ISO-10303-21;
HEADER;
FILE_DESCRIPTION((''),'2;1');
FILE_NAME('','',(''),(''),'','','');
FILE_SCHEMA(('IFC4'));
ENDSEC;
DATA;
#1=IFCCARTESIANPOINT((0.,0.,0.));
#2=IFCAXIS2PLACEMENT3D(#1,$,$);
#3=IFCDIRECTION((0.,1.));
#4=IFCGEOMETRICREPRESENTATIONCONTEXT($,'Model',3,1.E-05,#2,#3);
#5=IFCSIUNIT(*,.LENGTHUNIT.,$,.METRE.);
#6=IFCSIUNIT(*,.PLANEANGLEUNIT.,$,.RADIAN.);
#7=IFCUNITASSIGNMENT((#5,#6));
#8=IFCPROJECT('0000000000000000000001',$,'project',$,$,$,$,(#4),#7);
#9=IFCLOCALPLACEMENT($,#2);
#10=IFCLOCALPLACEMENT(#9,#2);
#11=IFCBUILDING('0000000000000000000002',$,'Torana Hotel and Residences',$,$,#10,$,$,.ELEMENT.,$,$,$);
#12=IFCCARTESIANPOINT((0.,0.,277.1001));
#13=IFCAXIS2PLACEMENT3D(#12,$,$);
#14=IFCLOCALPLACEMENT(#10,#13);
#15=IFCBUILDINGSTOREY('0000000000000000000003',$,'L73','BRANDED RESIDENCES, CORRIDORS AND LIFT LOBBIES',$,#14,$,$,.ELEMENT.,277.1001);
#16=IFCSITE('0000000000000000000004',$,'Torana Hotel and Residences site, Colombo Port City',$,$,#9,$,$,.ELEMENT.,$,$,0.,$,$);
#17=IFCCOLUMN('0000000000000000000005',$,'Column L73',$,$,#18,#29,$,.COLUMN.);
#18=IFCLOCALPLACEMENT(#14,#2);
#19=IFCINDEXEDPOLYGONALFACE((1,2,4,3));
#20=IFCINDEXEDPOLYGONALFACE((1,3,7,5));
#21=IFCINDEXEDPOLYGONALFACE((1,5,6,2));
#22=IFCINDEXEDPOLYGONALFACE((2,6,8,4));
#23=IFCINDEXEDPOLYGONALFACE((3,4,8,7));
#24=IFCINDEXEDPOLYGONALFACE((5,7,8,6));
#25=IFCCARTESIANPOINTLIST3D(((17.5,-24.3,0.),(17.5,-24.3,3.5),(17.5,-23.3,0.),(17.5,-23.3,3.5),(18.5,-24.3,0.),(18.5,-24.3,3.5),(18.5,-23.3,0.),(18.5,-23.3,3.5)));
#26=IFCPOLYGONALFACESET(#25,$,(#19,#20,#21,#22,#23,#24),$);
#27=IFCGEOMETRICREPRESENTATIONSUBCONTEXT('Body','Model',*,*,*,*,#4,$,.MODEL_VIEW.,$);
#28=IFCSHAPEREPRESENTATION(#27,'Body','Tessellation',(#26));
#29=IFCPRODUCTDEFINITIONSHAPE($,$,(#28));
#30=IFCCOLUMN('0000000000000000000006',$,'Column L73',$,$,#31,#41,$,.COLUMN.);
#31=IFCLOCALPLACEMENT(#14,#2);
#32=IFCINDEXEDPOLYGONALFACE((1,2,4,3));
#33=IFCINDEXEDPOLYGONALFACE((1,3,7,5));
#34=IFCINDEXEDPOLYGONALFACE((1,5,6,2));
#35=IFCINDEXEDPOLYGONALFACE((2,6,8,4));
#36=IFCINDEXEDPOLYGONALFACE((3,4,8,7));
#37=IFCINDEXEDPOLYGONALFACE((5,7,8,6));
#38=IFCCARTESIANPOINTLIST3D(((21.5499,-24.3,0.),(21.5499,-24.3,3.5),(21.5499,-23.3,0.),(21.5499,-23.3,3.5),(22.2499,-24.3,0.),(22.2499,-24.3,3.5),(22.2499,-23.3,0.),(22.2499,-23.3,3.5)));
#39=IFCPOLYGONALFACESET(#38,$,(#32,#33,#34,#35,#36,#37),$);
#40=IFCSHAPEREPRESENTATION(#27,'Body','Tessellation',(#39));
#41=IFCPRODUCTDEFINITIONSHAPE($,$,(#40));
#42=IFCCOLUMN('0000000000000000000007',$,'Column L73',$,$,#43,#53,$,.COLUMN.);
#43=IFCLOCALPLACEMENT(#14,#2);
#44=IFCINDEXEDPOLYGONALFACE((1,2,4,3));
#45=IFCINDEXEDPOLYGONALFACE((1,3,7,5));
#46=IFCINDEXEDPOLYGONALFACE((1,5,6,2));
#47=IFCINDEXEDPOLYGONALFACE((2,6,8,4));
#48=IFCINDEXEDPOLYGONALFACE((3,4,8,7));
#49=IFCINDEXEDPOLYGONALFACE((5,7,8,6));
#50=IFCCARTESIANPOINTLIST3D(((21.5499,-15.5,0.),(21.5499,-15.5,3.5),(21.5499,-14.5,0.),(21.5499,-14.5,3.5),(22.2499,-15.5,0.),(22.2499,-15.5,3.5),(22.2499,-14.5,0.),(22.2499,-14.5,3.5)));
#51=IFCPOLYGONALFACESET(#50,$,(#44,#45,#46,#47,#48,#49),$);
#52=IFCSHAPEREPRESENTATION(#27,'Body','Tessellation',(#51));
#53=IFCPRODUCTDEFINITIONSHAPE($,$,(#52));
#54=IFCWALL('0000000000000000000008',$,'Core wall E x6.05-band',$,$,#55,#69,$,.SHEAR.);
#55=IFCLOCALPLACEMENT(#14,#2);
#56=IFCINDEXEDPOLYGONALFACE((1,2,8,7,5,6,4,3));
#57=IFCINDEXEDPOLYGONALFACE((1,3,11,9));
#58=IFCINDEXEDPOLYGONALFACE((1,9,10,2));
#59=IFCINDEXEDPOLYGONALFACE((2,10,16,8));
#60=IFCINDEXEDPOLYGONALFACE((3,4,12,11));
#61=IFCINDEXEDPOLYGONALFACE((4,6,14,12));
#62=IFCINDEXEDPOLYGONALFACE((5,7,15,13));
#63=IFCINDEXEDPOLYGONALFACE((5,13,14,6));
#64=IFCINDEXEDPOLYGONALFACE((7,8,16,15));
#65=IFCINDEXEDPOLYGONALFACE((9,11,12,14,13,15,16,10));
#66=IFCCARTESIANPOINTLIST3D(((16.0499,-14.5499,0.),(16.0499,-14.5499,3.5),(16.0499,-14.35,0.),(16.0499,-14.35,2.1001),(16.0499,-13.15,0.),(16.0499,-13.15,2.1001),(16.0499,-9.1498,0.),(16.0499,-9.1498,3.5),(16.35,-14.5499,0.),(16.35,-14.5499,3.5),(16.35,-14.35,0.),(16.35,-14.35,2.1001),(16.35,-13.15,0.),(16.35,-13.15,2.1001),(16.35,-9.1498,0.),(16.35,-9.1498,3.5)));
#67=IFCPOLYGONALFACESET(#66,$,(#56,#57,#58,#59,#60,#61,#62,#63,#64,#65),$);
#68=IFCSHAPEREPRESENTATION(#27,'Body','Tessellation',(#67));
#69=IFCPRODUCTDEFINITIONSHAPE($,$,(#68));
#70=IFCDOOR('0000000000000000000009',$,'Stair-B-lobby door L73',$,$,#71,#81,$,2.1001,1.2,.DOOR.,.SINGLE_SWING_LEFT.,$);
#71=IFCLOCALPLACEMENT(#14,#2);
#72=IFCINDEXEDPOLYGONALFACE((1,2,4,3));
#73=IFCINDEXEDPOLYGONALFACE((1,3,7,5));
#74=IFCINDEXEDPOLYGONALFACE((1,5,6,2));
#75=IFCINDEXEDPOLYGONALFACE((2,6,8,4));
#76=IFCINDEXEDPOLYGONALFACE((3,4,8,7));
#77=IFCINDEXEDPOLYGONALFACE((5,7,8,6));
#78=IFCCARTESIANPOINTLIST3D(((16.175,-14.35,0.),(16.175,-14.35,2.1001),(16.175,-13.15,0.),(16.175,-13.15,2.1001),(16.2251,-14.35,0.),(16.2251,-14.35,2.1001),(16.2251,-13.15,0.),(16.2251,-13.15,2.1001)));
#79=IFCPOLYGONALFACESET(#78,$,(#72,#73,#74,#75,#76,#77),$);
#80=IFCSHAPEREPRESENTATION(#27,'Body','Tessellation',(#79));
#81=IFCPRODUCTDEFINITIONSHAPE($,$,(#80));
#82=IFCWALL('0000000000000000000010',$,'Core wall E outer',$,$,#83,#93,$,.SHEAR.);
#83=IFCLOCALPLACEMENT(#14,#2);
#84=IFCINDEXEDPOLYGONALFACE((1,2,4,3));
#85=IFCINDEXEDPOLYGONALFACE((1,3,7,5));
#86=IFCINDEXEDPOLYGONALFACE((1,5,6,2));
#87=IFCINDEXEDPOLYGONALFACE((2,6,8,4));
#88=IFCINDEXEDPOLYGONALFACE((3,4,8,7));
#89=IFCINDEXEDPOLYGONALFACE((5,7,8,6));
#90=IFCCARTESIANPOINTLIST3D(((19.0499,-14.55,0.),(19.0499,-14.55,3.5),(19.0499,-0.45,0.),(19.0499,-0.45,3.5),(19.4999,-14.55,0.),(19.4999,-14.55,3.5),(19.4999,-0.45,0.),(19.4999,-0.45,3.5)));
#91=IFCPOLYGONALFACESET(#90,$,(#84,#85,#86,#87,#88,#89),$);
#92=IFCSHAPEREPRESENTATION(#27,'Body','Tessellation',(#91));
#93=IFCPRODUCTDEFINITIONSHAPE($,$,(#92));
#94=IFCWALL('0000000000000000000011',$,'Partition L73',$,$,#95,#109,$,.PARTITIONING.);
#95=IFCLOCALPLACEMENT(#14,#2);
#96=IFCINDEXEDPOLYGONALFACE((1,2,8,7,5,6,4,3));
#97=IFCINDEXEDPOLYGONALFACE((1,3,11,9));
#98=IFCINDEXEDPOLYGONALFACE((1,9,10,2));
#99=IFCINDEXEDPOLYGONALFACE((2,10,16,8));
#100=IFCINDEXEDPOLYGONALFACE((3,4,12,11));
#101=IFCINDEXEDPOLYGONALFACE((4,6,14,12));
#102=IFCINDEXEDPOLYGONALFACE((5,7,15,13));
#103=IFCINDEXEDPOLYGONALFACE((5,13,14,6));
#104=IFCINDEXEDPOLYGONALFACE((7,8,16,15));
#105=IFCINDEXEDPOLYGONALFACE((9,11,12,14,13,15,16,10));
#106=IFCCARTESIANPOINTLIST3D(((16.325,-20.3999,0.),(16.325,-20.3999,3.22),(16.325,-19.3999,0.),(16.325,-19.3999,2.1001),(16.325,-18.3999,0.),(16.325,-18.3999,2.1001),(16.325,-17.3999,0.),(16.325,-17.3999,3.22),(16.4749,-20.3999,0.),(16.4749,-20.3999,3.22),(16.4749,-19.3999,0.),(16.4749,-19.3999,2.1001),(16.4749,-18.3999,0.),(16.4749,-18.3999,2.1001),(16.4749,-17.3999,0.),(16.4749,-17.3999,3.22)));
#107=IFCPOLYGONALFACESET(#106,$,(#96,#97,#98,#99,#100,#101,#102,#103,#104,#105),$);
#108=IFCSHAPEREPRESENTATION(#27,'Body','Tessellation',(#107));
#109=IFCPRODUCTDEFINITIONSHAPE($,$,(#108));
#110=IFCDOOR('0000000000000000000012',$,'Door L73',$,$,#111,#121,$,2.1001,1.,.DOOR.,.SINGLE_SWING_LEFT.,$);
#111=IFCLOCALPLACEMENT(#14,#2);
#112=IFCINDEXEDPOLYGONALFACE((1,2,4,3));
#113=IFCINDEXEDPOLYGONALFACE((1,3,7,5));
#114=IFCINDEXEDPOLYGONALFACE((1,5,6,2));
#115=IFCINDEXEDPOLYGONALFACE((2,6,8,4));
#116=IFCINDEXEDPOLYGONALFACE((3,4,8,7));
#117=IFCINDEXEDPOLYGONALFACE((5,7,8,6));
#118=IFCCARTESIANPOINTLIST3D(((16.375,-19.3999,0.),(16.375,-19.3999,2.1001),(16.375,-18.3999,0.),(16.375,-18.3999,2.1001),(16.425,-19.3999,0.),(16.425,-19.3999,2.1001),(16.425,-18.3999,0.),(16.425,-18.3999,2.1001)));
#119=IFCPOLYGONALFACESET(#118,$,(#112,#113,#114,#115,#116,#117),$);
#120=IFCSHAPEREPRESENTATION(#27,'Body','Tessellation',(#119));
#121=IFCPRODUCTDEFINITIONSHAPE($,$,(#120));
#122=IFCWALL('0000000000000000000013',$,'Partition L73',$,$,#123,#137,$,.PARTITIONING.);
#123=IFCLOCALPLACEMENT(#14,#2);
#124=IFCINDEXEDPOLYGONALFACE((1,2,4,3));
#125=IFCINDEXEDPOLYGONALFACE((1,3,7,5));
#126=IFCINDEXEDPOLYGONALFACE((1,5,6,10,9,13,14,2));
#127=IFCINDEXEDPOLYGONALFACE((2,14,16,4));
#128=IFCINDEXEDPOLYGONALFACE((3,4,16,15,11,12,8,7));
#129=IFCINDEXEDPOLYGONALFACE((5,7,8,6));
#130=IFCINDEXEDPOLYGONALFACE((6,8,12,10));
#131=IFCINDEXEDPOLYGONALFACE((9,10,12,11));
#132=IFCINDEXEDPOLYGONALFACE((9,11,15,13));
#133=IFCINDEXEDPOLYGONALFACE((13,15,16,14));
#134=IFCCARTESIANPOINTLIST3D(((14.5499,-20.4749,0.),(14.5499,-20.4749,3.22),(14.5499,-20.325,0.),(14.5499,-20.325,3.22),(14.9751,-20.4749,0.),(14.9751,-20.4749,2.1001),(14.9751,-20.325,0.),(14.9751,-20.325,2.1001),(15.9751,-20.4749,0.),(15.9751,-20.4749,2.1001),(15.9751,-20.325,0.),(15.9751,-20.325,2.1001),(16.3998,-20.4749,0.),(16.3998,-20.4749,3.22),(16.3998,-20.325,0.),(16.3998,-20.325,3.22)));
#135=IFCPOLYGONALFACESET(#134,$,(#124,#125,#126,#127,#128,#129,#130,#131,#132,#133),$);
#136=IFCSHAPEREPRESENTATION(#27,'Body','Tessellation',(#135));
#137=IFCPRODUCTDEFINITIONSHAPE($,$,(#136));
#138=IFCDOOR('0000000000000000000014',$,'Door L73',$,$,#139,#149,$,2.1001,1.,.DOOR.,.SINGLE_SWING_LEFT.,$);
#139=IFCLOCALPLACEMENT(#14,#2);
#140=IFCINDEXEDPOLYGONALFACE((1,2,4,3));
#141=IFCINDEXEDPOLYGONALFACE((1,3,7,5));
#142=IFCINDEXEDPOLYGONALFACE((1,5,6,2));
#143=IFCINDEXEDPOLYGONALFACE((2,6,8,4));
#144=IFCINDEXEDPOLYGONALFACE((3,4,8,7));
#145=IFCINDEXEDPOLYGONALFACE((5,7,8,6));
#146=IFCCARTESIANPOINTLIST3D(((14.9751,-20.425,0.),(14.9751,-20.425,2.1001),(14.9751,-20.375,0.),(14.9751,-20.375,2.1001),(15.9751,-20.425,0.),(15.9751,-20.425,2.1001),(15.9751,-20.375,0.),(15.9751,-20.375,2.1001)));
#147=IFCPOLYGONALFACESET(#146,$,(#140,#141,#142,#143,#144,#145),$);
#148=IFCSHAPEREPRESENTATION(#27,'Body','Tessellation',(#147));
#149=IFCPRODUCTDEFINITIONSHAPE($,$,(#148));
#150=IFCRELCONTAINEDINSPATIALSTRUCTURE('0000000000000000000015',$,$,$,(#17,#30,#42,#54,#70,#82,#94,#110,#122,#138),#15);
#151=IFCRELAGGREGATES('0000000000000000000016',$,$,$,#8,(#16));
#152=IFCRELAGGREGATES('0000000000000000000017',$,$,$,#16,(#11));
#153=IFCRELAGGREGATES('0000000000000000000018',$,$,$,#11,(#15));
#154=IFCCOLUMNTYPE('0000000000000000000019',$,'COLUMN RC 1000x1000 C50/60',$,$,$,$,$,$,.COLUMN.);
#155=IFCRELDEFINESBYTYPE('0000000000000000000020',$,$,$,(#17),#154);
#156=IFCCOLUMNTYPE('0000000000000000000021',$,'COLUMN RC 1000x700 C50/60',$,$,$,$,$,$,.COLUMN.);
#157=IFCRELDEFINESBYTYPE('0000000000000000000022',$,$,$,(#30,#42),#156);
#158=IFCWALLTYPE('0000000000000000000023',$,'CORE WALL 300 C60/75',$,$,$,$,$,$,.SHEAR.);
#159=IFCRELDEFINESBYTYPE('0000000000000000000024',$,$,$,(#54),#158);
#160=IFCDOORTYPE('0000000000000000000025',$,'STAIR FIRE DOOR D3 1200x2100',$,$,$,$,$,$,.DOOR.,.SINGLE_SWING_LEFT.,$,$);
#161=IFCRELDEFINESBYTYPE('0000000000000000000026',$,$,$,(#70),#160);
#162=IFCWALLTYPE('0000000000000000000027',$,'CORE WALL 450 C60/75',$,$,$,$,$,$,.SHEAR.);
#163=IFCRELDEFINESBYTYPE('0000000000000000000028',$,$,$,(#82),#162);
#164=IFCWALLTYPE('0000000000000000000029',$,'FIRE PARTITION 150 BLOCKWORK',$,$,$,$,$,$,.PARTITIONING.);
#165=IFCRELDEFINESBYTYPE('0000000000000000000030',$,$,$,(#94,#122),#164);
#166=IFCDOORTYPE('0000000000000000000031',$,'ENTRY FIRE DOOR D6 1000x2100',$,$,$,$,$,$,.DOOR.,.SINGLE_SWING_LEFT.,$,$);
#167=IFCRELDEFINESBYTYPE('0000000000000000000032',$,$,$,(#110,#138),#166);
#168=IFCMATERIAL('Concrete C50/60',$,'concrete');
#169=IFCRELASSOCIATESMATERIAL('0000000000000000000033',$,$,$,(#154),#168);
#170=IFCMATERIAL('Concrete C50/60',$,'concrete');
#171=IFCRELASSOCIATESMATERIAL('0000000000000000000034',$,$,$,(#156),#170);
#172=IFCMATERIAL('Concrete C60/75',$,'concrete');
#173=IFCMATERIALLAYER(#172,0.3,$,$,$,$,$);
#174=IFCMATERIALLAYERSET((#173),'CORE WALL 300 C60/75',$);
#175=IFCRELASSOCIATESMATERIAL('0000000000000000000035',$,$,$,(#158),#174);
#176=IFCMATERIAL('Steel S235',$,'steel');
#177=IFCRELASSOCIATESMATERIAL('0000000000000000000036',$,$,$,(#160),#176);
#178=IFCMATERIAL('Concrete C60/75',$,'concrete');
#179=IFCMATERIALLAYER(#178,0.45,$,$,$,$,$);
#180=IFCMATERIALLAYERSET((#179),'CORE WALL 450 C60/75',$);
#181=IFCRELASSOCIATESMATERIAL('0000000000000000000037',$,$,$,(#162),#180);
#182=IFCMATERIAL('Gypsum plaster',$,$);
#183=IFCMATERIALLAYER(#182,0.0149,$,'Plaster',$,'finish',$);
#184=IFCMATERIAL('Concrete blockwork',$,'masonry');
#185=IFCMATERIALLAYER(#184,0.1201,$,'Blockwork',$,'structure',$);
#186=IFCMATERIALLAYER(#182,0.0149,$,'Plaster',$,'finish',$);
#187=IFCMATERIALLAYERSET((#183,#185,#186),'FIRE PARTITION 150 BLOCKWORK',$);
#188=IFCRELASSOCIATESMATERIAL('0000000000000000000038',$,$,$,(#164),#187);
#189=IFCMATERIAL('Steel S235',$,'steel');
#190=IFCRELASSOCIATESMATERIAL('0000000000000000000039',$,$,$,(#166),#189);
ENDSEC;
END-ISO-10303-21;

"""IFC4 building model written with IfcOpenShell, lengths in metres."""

from ifc_helpers import new_model, si_unit, direction, frame, frame_2d, origin, origin_2d, place, context, subcontext, project, spatial, rectangle, extrude, material, layer, layer_set, material_profile, profile_set, type_object, element, fill, save


model = new_model("IFC4")

# Units and contexts
model_context = context("Model", 3, precision=1e-05, world=origin(), true_north=direction((0.0, 1.0)))
body_context = subcontext(model_context, "Body", "Model", "MODEL_VIEW")
ifc_project = project(units=[si_unit("LENGTHUNIT", "METRE"), si_unit("PLANEANGLEUNIT", "RADIAN")], contexts=[model_context])

# Site, building, storey
site_placement = place(None, origin())
site = spatial("IfcSite", under=ifc_project, at=site_placement, Name="Torana Hotel and Residences site, Colombo Port City", CompositionType="ELEMENT", RefElevation=0.0)
building_placement = place(site_placement, origin())
building = spatial("IfcBuilding", under=site, at=building_placement, Name="Torana Hotel and Residences", CompositionType="ELEMENT")
storey_placement = place(building_placement, frame((0.0, 0.0, 277.1001)))
storey = spatial("IfcBuildingStorey", under=building, at=storey_placement, Name="L73", Description="BRANDED RESIDENCES, CORRIDORS AND LIFT LOBBIES", CompositionType="ELEMENT", Elevation=277.1001)

# Columns
ifc_material_1 = material(Name="Concrete C50/60", Category="concrete")
ifc_material_profile_1 = material_profile(ifc_material_1, rectangle(XDim=1.0, YDim=1.0, at=origin_2d()), Name="RC 1000x1000")
ifc_profile_set_1 = profile_set([ifc_material_profile_1], Name="Concrete C50/60")
column_type_1 = type_object("IfcColumnType", Name="COLUMN RC 1000x1000 C50/60", PredefinedType="COLUMN", material=ifc_profile_set_1)
column_placement = place(storey_placement, frame((18.0, -23.8, 0.0), z_axis=(0.0, 0.0, 1.0), x_axis=(1.0, 0.0, 0.0)))
element("IfcColumn", 1, at=column_placement, inside=storey, type_object=column_type_1, Name="Column L73", PredefinedType="COLUMN", context=body_context, shape_type="SweptSolid", body=[
    extrude(rectangle(XDim=1.0, YDim=1.0, at=origin_2d()), origin(), (0.0, 0.0, 1.0), 3.5),
])
ifc_material_2 = material(Name="Concrete C50/60", Category="concrete")
ifc_material_profile_2 = material_profile(ifc_material_2, rectangle(XDim=1.0, YDim=0.7, at=origin_2d()), Name="RC 1000x700")
ifc_profile_set_2 = profile_set([ifc_material_profile_2], Name="Concrete C50/60")
column_type_2 = type_object("IfcColumnType", Name="COLUMN RC 1000x700 C50/60", PredefinedType="COLUMN", material=ifc_profile_set_2)
for number, where, z_axis, x_axis, name in (
    (2, (21.8999, -23.8, 0.0), (0.0, 0.0, 1.0), (0.0, 1.0, 0.0), "Column L73"),
    (3, (21.8999, -15.0, 0.0), (0.0, 0.0, 1.0), (0.0, 1.0, 0.0), "Column L73"),
):
    element("IfcColumn", number, at=place(storey_placement, frame(where, z_axis=z_axis, x_axis=x_axis)), inside=storey, type_object=column_type_2, Name=name, PredefinedType="COLUMN", context=body_context, shape_type="SweptSolid", body=[
        extrude(rectangle(XDim=1.0, YDim=0.7, at=origin_2d()), origin(), (0.0, 0.0, 1.0), 3.5),
    ])

# Wall, opening, door
ifc_material_3 = material(Name="Concrete C60/75", Category="concrete")
ifc_layer_1 = layer(ifc_material_3, 0.3)
ifc_layer_set_1 = layer_set([ifc_layer_1], Name="CORE WALL 300 C60/75")
wall_type_1 = type_object("IfcWallType", Name="CORE WALL 300 C60/75", PredefinedType="SHEAR", material=ifc_layer_set_1)
wall_1_placement = place(storey_placement, frame((16.2, -14.55, 0.0), z_axis=(0.0, 0.0, 1.0), x_axis=(0.0, 1.0, 0.0)))
wall_1 = element("IfcWall", 4, at=wall_1_placement, inside=storey, type_object=wall_type_1, Name="Core wall E x6.05-band", PredefinedType="SHEAR", context=body_context, shape_type="SweptSolid", body=[
    extrude(rectangle(XDim=5.4001, YDim=0.3, at=frame_2d((2.7002, 0.0))), origin(), (0.0, 0.0, 1.0), 3.5),
])
opening_1_placement = place(wall_1_placement, frame((0.2, 0.0, 0.0)))
opening_1 = element("IfcOpeningElement", 5, at=opening_1_placement, cuts=wall_1, PredefinedType="OPENING", context=body_context, shape_type="SweptSolid", body=[
    extrude(rectangle(XDim=1.2, YDim=2.1001, at=frame_2d((0.6001, 1.05))), frame((0.0, 0.1599, 0.0), z_axis=(0.0, -1.0, 0.0), x_axis=(1.0, 0.0, 0.0)), (0.0, 0.0, 1.0), 0.3201),
])
ifc_material_4 = material(Name="Steel S235", Category="steel")
door_type_1 = type_object("IfcDoorType", Name="STAIR FIRE DOOR D3 1200x2100", OperationType="SINGLE_SWING_LEFT", PredefinedType="DOOR", material=ifc_material_4)
door_1_placement = place(opening_1_placement, frame((0.6001, 0.0, 0.0), z_axis=(0.0, 0.0, 1.0), x_axis=(-1.0, 0.0, 0.0)))
door_1 = element("IfcDoor", 6, at=door_1_placement, inside=storey, type_object=door_type_1, Name="Stair-B-lobby door L73", OperationType="SINGLE_SWING_LEFT", OverallHeight=2.1001, OverallWidth=1.2, PredefinedType="DOOR", context=body_context, shape_type="SweptSolid", body=[
    extrude(rectangle(XDim=1.2, YDim=2.1001, at=frame_2d((0.0, 1.05))), frame((0.0, -0.0249, 0.0), z_axis=(0.0, 1.0, 0.0), x_axis=(-1.0, 0.0, 0.0)), (0.0, 0.0, 1.0), 0.05),
])
fill(opening_1, door_1)

# Wall
ifc_material_5 = material(Name="Concrete C60/75", Category="concrete")
ifc_layer_2 = layer(ifc_material_5, 0.45)
ifc_layer_set_2 = layer_set([ifc_layer_2], Name="CORE WALL 450 C60/75")
wall_type_2 = type_object("IfcWallType", Name="CORE WALL 450 C60/75", PredefinedType="SHEAR", material=ifc_layer_set_2)
wall_2_placement = place(storey_placement, frame((19.2749, -14.55, 0.0), z_axis=(0.0, 0.0, 1.0), x_axis=(0.0, 1.0, 0.0)))
element("IfcWall", 7, at=wall_2_placement, inside=storey, type_object=wall_type_2, Name="Core wall E outer", PredefinedType="SHEAR", context=body_context, shape_type="SweptSolid", body=[
    extrude(rectangle(XDim=14.1001, YDim=0.45, at=frame_2d((7.05, 0.0))), origin(), (0.0, 0.0, 1.0), 3.5),
])

# Walls, openings, doors
ifc_material_6 = material(Name="Gypsum plaster")
ifc_layer_3 = layer(ifc_material_6, 0.0149, Name="Plaster", Category="finish")
ifc_material_7 = material(Name="Concrete blockwork", Category="masonry")
ifc_layer_4 = layer(ifc_material_7, 0.1201, Name="Blockwork", Category="structure")
ifc_layer_5 = layer(ifc_material_6, 0.0149, Name="Plaster", Category="finish")
ifc_layer_set_3 = layer_set([ifc_layer_3, ifc_layer_4, ifc_layer_5], Name="FIRE PARTITION 150 BLOCKWORK")
wall_type_3 = type_object("IfcWallType", Name="FIRE PARTITION 150 BLOCKWORK", PredefinedType="PARTITIONING", material=ifc_layer_set_3)
wall_3_placement = place(storey_placement, frame((16.3999, -20.3999, 0.0), z_axis=(0.0, 0.0, 1.0), x_axis=(0.0, 1.0, 0.0)))
wall_3 = element("IfcWall", 8, at=wall_3_placement, inside=storey, type_object=wall_type_3, Name="Partition L73", PredefinedType="PARTITIONING", context=body_context, shape_type="SweptSolid", body=[
    extrude(rectangle(XDim=3.0, YDim=0.1499, at=frame_2d((1.5, 0.0))), origin(), (0.0, 0.0, 1.0), 3.22),
])
opening_2_placement = place(wall_3_placement, frame((1.0, 0.0, 0.0)))
opening_2 = element("IfcOpeningElement", 9, at=opening_2_placement, cuts=wall_3, PredefinedType="OPENING", context=body_context, shape_type="SweptSolid", body=[
    extrude(rectangle(XDim=1.0, YDim=2.1001, at=frame_2d((0.5, 1.05))), frame((0.0, 0.085, 0.0), z_axis=(0.0, -1.0, 0.0), x_axis=(1.0, 0.0, 0.0)), (0.0, 0.0, 1.0), 0.1699),
])
ifc_material_8 = material(Name="Steel S235", Category="steel")
door_type_2 = type_object("IfcDoorType", Name="ENTRY FIRE DOOR D6 1000x2100", OperationType="SINGLE_SWING_LEFT", PredefinedType="DOOR", material=ifc_material_8)
door_2_placement = place(opening_2_placement, frame((0.5, 0.0, 0.0), z_axis=(0.0, 0.0, 1.0), x_axis=(-1.0, 0.0, 0.0)))
door_2 = element("IfcDoor", 10, at=door_2_placement, inside=storey, type_object=door_type_2, Name="Door L73", OperationType="SINGLE_SWING_LEFT", OverallHeight=2.1001, OverallWidth=1.0, PredefinedType="DOOR", context=body_context, shape_type="SweptSolid", body=[
    extrude(rectangle(XDim=1.0, YDim=2.1001, at=frame_2d((0.0, 1.05))), frame((0.0, -0.0249, 0.0), z_axis=(0.0, 1.0, 0.0), x_axis=(-1.0, 0.0, 0.0)), (0.0, 0.0, 1.0), 0.05),
])
fill(opening_2, door_2)
wall_4_placement = place(storey_placement, frame((14.55, -20.3999, 0.0), z_axis=(0.0, 0.0, 1.0), x_axis=(1.0, 0.0, 0.0)))
wall_4 = element("IfcWall", 11, at=wall_4_placement, inside=storey, type_object=wall_type_3, Name="Partition L73", PredefinedType="PARTITIONING", context=body_context, shape_type="SweptSolid", body=[
    extrude(rectangle(XDim=1.8499, YDim=0.1499, at=frame_2d((0.9248, 0.0))), origin(), (0.0, 0.0, 1.0), 3.22),
])
opening_3_placement = place(wall_4_placement, frame((0.425, 0.0, 0.0)))
opening_3 = element("IfcOpeningElement", 12, at=opening_3_placement, cuts=wall_4, PredefinedType="OPENING", context=body_context, shape_type="SweptSolid", body=[
    extrude(rectangle(XDim=1.0, YDim=2.1001, at=frame_2d((0.5, 1.05))), frame((0.0, 0.085, 0.0), z_axis=(0.0, -1.0, 0.0), x_axis=(1.0, 0.0, 0.0)), (0.0, 0.0, 1.0), 0.1699),
])
door_3_placement = place(opening_3_placement, frame((0.5, 0.0, 0.0), z_axis=(0.0, 0.0, 1.0), x_axis=(-1.0, 0.0, 0.0)))
door_3 = element("IfcDoor", 13, at=door_3_placement, inside=storey, type_object=door_type_2, Name="Door L73", OperationType="SINGLE_SWING_LEFT", OverallHeight=2.1001, OverallWidth=1.0, PredefinedType="DOOR", context=body_context, shape_type="SweptSolid", body=[
    extrude(rectangle(XDim=1.0, YDim=2.1001, at=frame_2d((0.0, 1.05))), frame((0.0, -0.0249, 0.0), z_axis=(0.0, 1.0, 0.0), x_axis=(-1.0, 0.0, 0.0)), (0.0, 0.0, 1.0), 0.05),
])
fill(opening_3, door_3)

save(model, "model.ifc")
